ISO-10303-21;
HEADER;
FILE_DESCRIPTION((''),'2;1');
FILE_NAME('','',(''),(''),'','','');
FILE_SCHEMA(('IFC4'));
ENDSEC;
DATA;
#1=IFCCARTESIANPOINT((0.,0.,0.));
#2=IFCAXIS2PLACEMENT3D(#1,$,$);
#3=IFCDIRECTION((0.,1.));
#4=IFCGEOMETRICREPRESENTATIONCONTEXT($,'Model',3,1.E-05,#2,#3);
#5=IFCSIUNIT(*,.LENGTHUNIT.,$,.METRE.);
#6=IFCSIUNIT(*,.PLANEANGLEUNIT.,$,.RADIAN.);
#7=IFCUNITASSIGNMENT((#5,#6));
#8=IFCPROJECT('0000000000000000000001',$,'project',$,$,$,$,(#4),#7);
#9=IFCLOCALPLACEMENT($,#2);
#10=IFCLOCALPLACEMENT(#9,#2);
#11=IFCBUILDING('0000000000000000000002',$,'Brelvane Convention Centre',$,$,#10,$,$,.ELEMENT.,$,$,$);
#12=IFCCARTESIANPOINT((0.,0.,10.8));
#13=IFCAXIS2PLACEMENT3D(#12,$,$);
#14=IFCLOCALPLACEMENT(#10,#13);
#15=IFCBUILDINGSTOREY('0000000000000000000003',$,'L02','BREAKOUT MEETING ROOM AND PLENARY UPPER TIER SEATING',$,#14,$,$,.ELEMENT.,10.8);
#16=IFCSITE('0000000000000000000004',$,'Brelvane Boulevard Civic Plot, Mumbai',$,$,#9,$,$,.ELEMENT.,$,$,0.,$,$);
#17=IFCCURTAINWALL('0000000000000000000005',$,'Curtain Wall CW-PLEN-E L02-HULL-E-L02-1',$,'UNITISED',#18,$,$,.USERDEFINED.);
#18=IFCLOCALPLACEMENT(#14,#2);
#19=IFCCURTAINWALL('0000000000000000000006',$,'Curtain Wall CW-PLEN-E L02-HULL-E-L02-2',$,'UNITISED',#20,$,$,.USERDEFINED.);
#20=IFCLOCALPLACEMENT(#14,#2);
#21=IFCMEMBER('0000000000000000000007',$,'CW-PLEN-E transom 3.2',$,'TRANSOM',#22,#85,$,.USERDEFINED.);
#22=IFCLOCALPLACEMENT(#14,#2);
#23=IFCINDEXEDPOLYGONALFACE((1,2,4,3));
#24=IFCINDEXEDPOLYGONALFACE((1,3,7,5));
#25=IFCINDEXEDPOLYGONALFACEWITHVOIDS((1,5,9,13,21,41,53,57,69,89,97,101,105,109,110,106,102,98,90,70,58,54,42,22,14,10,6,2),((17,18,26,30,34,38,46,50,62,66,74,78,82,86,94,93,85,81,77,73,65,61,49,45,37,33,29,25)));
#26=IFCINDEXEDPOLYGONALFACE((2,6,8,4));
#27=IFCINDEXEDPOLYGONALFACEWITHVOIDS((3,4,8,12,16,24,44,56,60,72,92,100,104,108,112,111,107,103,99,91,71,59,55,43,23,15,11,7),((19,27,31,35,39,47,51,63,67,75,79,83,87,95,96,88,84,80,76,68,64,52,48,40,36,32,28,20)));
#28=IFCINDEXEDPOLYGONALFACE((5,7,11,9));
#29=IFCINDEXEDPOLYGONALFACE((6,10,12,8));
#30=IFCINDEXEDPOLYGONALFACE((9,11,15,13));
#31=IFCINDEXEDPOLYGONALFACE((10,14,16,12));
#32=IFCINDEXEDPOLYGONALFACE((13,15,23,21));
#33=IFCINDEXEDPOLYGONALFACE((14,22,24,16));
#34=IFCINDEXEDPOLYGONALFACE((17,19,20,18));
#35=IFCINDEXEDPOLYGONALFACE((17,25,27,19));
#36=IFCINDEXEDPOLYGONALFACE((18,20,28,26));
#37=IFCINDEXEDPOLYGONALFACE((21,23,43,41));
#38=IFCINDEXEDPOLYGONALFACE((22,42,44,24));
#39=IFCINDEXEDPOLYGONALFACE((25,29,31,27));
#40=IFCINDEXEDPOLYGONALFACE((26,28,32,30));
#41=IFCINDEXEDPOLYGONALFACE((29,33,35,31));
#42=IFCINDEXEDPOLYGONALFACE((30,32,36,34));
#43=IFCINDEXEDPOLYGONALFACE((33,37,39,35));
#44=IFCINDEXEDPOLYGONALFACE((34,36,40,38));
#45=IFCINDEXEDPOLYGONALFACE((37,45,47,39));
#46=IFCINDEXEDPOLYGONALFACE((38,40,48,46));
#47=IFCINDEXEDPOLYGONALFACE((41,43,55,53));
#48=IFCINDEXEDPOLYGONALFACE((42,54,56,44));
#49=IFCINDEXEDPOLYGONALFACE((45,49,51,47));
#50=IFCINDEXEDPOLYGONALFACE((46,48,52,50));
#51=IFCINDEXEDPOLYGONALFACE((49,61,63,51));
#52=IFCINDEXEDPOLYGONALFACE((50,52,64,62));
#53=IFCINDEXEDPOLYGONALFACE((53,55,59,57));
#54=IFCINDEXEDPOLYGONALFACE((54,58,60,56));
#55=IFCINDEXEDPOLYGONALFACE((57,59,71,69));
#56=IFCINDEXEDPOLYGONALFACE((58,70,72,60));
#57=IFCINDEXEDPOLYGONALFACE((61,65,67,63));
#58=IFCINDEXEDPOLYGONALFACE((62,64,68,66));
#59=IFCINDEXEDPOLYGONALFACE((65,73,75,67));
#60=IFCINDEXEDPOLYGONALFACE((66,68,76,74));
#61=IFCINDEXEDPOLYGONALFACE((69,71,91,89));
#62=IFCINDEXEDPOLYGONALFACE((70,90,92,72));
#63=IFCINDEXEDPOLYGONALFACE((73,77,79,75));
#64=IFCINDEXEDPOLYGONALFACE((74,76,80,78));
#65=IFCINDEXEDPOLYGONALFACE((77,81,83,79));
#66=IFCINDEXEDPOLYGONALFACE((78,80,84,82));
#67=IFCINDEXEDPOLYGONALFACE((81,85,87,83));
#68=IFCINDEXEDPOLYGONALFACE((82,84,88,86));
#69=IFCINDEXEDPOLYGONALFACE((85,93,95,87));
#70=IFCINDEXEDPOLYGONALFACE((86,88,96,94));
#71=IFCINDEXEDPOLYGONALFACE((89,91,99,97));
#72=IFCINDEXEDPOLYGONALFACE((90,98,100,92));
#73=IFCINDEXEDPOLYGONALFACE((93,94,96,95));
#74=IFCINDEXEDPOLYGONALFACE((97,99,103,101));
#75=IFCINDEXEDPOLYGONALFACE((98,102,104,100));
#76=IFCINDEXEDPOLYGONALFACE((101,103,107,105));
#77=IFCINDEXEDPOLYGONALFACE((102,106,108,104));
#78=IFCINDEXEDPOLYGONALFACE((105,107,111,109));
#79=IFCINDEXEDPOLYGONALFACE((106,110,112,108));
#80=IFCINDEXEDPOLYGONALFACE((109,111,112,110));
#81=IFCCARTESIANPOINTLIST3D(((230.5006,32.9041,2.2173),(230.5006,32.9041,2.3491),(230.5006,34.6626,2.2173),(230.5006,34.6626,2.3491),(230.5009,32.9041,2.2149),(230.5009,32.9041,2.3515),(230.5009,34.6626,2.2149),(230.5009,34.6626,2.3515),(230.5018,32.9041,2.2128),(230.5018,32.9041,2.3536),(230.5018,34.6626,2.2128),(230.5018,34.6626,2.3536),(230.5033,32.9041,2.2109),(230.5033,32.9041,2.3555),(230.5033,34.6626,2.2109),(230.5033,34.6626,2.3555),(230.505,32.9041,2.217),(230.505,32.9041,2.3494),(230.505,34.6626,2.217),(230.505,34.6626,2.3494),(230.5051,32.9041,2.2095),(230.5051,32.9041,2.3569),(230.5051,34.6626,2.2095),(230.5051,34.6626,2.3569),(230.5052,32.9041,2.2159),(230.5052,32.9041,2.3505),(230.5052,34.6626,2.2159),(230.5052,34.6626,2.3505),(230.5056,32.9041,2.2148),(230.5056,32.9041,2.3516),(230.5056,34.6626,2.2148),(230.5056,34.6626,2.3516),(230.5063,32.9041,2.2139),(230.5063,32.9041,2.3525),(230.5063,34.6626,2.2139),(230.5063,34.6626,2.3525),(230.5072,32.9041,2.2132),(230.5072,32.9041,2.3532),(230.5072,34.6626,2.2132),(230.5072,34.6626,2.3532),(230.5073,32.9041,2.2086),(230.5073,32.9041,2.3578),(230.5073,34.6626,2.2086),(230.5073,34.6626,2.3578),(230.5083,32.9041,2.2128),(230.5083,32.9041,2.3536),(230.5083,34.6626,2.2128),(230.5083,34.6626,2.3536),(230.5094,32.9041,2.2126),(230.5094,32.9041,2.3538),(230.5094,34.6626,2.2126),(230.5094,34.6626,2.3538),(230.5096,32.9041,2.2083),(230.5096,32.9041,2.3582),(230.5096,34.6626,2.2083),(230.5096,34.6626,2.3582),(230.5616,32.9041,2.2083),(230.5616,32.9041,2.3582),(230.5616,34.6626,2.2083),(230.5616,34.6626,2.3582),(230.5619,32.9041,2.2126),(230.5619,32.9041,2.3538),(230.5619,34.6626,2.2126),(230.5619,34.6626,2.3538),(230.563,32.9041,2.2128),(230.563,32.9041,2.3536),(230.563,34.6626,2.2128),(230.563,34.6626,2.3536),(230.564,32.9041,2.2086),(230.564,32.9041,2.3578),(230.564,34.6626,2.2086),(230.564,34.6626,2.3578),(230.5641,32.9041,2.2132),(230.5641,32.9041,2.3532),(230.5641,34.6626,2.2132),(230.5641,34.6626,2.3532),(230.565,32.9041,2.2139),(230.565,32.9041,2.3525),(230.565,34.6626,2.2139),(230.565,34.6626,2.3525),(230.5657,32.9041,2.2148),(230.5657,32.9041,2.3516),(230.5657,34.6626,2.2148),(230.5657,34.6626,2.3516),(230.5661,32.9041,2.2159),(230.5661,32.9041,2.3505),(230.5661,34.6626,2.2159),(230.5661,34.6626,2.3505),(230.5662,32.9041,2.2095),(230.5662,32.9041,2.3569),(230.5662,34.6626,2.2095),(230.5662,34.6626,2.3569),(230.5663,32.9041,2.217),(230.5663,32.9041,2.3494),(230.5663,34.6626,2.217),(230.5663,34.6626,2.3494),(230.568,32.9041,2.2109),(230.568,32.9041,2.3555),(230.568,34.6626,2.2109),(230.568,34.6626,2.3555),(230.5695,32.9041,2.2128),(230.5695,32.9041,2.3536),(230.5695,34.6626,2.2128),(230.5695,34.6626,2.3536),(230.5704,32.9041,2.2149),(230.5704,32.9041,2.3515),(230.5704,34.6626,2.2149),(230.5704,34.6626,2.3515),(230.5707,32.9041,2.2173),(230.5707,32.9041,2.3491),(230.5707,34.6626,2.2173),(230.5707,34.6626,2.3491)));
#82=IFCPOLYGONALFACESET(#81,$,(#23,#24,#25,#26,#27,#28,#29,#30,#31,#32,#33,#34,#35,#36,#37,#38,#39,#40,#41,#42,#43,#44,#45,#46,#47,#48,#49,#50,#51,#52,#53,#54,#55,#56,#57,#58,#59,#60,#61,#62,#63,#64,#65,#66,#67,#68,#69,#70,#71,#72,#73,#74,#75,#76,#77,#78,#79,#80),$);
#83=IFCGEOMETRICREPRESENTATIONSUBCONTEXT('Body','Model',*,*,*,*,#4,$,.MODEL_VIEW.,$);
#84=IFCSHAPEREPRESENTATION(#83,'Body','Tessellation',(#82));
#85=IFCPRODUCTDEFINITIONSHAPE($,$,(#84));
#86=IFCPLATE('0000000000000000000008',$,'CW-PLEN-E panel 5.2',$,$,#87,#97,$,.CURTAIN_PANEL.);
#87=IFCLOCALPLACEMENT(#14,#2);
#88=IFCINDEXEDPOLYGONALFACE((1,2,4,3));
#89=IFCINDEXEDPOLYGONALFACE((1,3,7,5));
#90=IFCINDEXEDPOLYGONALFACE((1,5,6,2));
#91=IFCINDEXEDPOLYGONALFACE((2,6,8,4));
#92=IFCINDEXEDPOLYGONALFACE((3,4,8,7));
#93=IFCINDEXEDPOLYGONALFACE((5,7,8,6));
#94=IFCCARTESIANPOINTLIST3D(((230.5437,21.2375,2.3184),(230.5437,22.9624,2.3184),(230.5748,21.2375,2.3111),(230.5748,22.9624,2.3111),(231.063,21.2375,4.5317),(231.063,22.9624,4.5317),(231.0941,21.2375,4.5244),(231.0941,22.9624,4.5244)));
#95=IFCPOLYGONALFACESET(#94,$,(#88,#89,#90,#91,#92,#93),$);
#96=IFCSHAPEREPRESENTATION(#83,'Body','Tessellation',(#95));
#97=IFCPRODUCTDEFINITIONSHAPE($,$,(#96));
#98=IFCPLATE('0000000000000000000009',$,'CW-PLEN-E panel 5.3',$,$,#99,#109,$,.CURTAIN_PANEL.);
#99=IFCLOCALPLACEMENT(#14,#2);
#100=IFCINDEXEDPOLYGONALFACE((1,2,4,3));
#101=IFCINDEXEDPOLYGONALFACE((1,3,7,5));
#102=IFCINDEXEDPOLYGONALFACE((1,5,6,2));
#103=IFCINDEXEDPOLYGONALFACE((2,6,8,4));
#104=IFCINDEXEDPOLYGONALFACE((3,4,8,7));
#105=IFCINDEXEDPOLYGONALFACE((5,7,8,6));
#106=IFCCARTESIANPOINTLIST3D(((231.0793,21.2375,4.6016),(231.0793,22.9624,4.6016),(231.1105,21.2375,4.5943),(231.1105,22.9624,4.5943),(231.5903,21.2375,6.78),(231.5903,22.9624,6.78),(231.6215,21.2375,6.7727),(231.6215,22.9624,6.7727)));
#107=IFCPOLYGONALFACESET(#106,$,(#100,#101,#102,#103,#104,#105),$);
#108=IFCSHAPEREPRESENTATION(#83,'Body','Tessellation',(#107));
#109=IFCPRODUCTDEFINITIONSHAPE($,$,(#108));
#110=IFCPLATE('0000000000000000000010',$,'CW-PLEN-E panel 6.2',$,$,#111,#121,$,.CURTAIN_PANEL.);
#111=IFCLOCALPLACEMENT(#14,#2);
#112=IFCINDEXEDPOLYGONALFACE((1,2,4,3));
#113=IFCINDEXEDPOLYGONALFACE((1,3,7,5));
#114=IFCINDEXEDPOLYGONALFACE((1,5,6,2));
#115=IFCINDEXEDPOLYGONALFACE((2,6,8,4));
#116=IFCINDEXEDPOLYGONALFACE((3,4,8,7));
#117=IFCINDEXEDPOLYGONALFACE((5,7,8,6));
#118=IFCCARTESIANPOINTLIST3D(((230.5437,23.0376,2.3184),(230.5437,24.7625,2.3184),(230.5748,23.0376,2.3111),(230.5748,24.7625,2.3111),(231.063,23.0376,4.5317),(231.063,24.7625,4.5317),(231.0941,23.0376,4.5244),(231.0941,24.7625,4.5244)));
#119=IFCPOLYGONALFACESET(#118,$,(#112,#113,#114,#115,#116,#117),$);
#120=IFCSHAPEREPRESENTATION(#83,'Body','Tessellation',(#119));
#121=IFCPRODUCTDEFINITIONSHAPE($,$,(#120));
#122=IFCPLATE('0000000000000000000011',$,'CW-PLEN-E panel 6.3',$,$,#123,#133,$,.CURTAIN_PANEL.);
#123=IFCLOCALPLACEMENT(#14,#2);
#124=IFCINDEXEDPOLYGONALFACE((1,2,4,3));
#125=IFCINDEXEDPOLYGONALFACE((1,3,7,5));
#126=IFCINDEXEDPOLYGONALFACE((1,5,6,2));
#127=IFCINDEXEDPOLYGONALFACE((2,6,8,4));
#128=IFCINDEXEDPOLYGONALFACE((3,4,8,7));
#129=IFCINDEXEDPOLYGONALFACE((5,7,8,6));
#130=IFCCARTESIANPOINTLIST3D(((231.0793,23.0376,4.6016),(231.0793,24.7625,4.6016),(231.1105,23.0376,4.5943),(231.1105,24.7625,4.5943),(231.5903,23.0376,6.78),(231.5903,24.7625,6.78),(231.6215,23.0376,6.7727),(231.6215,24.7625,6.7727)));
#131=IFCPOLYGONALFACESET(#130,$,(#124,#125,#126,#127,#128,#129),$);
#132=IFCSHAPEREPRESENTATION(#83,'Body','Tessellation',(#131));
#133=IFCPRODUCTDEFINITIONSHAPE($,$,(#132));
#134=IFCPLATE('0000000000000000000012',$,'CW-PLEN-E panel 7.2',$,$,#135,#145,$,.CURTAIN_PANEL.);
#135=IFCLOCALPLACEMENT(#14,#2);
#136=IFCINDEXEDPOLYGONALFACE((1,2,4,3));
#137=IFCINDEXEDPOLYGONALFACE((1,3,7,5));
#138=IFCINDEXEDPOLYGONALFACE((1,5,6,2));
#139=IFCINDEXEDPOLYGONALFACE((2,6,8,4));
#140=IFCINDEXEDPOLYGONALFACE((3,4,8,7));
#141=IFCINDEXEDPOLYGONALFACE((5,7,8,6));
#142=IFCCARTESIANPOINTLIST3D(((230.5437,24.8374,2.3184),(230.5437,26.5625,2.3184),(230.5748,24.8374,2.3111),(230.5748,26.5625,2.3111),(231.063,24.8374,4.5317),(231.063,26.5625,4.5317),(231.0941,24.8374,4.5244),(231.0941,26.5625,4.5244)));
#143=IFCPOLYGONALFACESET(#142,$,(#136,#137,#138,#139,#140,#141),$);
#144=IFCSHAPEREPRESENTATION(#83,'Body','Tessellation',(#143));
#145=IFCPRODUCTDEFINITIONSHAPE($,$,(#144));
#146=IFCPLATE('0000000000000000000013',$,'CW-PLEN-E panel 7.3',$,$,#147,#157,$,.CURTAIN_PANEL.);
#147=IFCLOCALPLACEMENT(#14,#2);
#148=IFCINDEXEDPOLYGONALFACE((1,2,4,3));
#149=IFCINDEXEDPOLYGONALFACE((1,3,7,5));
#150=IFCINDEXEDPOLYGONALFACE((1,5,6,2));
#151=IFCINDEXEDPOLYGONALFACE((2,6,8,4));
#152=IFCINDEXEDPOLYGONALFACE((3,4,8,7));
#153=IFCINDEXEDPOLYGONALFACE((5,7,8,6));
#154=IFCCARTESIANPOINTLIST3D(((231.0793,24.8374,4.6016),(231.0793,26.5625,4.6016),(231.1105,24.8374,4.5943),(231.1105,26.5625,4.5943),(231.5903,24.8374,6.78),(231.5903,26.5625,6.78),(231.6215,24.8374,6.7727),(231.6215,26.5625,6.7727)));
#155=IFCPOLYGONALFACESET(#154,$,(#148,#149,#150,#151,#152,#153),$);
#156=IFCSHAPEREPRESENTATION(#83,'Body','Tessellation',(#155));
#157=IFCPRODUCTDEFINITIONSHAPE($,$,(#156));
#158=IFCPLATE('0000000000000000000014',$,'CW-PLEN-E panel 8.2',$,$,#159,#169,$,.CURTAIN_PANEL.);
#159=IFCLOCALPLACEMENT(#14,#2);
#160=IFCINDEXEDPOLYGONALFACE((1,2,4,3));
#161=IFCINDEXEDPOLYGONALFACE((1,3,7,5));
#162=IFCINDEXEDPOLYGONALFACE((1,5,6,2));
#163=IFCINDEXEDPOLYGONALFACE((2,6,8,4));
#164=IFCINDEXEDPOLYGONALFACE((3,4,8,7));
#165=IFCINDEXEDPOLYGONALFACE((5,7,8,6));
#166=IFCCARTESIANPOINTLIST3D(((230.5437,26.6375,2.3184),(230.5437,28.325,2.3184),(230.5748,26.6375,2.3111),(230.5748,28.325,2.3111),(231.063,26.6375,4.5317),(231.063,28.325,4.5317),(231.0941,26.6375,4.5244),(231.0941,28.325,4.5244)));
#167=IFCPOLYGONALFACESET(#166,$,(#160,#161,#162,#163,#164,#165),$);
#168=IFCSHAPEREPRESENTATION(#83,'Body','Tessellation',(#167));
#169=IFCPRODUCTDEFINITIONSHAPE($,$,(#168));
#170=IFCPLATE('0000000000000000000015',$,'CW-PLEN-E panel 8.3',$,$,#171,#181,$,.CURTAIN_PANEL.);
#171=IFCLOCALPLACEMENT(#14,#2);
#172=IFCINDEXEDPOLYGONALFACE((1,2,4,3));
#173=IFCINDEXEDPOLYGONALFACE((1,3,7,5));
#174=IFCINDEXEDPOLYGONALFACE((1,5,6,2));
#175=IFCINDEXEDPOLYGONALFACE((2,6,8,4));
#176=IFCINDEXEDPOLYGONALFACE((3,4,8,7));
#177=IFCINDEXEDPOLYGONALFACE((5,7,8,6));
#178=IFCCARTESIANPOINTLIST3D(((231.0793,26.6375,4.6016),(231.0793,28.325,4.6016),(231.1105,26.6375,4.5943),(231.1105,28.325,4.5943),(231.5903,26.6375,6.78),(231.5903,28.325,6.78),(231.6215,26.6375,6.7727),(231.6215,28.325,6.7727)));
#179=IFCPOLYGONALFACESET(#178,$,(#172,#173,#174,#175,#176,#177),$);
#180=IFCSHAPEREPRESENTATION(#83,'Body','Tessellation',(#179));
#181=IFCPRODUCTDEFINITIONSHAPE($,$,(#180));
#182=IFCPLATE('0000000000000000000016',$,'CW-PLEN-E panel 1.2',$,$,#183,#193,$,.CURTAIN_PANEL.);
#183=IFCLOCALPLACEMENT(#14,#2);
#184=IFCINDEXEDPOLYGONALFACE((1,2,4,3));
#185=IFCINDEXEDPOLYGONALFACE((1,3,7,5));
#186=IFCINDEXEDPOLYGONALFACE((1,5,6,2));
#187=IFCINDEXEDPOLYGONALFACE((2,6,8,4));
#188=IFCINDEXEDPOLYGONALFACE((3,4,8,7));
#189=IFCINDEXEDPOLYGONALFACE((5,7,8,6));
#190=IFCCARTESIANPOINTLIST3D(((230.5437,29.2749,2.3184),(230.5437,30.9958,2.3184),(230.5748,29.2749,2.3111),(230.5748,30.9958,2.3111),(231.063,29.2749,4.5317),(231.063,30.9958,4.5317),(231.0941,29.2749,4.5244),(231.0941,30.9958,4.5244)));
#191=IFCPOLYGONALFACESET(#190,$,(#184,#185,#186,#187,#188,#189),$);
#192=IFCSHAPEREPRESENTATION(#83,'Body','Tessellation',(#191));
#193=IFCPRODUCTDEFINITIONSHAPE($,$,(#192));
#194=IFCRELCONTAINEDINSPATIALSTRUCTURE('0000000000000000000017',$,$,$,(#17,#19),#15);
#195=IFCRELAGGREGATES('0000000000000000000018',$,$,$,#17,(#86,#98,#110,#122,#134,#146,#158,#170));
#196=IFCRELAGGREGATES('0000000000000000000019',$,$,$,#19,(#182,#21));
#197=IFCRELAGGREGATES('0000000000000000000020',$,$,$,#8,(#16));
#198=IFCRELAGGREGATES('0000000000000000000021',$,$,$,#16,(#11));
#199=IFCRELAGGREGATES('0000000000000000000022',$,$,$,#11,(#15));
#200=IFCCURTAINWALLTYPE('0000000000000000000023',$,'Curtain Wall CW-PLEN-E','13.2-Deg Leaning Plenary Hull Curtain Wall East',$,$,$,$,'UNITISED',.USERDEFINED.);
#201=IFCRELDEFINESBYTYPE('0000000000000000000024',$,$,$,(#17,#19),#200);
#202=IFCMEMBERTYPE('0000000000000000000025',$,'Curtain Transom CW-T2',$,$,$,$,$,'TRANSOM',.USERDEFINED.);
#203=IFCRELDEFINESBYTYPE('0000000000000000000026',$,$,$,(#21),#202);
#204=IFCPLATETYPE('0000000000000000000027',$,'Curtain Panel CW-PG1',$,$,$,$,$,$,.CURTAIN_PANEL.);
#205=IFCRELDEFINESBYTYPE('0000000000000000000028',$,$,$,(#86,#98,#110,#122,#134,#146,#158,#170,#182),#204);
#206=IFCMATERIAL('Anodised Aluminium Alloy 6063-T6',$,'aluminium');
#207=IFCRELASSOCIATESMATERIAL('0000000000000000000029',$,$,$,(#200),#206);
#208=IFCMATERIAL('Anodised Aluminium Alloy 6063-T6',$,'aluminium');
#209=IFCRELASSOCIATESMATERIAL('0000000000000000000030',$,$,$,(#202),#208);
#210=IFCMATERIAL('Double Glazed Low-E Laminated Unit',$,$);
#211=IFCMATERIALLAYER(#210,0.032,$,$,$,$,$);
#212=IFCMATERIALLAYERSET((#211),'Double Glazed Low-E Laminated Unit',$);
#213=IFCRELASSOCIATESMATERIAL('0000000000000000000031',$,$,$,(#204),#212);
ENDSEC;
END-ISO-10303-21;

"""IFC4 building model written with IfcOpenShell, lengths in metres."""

from ifc_helpers import new_model, si_unit, direction, frame, origin, origin_2d, place, context, subcontext, project, spatial, polyline, hollow_rectangle, outline, extrude, material, layer, layer_set, material_profile, profile_set, type_object, element, aggregate, save


model = new_model("IFC4")

# Units and contexts
model_context = context("Model", 3, precision=1e-05, world=origin(), true_north=direction((0.0, 1.0)))
body_context = subcontext(model_context, "Body", "Model", "MODEL_VIEW")
ifc_project = project(units=[si_unit("LENGTHUNIT", "METRE"), si_unit("PLANEANGLEUNIT", "RADIAN")], contexts=[model_context])

# Site, building, storey
site_placement = place(None, origin())
site = spatial("IfcSite", under=ifc_project, at=site_placement, Name="Brelvane Boulevard Civic Plot, Mumbai", CompositionType="ELEMENT", RefElevation=0.0)
building_placement = place(site_placement, origin())
building = spatial("IfcBuilding", under=site, at=building_placement, Name="Brelvane Convention Centre", CompositionType="ELEMENT")
storey_placement = place(building_placement, frame((0.0, 0.0, 10.8)))
storey = spatial("IfcBuildingStorey", under=building, at=storey_placement, Name="L02", Description="BREAKOUT MEETING ROOM AND PLENARY UPPER TIER SEATING", CompositionType="ELEMENT", Elevation=10.8)

# Curtain walls, member
ifc_material_1 = material(Name="Anodised Aluminium Alloy 6063-T6", Category="aluminium")
curtain_wall_type = type_object("IfcCurtainWallType", Name="Curtain Wall CW-PLEN-E", Description="13.2-Deg Leaning Plenary Hull Curtain Wall East", ElementType="UNITISED", PredefinedType="USERDEFINED", material=ifc_material_1)
curtain_wall_1_placement = place(storey_placement, origin())
curtain_wall_1 = element("IfcCurtainWall", 1, at=curtain_wall_1_placement, inside=storey, type_object=curtain_wall_type, Name="Curtain Wall CW-PLEN-E L02-HULL-E-L02-1", ObjectType="UNITISED", PredefinedType="USERDEFINED")
ifc_material_2 = material(Name="Anodised Aluminium Alloy 6063-T6", Category="aluminium")
ifc_material_profile = material_profile(ifc_material_2, hollow_rectangle(XDim=0.0701, YDim=0.1499, WallThickness=0.0044, InnerFilletRadius=0.0044, OuterFilletRadius=0.009, at=origin_2d()), Name="ALU-T 150x70x4.5")
ifc_profile_set = profile_set([ifc_material_profile], Name="Anodised Aluminium Alloy 6063-T6")
member_type = type_object("IfcMemberType", Name="Curtain Transom CW-T2", ElementType="TRANSOM", PredefinedType="USERDEFINED", material=ifc_profile_set)
curtain_wall_2_placement = place(storey_placement, origin())
curtain_wall_2 = element("IfcCurtainWall", 2, at=curtain_wall_2_placement, inside=storey, type_object=curtain_wall_type, Name="Curtain Wall CW-PLEN-E L02-HULL-E-L02-2", ObjectType="UNITISED", PredefinedType="USERDEFINED")
member_1_placement = place(storey_placement, frame((230.5356, 32.9041, 2.2832), z_axis=(0.0, 1.0, 0.0), x_axis=(-1.0, 0.0, 0.0)))
member_1 = element("IfcMember", 3, at=member_1_placement, type_object=member_type, Name="CW-PLEN-E transom 3.2", ObjectType="TRANSOM", PredefinedType="USERDEFINED", context=body_context, shape_type="SweptSolid", body=[
    extrude(hollow_rectangle(XDim=0.0701, YDim=0.1499, WallThickness=0.0044, InnerFilletRadius=0.0044, OuterFilletRadius=0.009, at=origin_2d()), origin(), (0.0, 0.0, 1.0), 1.7585),
])

# Plates
ifc_material_3 = material(Name="Double Glazed Low-E Laminated Unit")
ifc_layer_1 = layer(ifc_material_3, 0.032)
ifc_layer_set_1 = layer_set([ifc_layer_1], Name="Double Glazed Low-E Laminated Unit")
plate_type_1 = type_object("IfcPlateType", Name="Curtain Panel CW-PG1", PredefinedType="CURTAIN_PANEL", material=ifc_layer_set_1)
plate_1_placement = place(storey_placement, frame((230.5437, 21.2375, 2.3184), z_axis=(-0.973565, 0.0, 0.228411), x_axis=(0.0, 1.0, 0.0)))
plate_1 = element("IfcPlate", 4, at=plate_1_placement, type_object=plate_type_1, Name="CW-PLEN-E panel 5.2", PredefinedType="CURTAIN_PANEL", context=body_context, shape_type="SweptSolid", body=[
    extrude(outline(polyline([(0.0, 0.0), (1.7249, 0.0), (1.7249, -2.2735), (0.0, -2.2735), (0.0, 0.0)])), origin(), (0.0, 0.0, -1.0), 0.032),
])
plate_2_placement = place(storey_placement, frame((231.0793, 21.2375, 4.6016), z_axis=(-0.973576, 0.0, 0.228364), x_axis=(0.0, 1.0, 0.0)))
plate_2 = element("IfcPlate", 5, at=plate_2_placement, type_object=plate_type_1, Name="CW-PLEN-E panel 5.3", PredefinedType="CURTAIN_PANEL", context=body_context, shape_type="SweptSolid", body=[
    extrude(outline(polyline([(0.0, 0.0), (1.7249, 0.0), (1.7249, -2.2376), (0.0, -2.2376), (0.0, 0.0)])), origin(), (0.0, 0.0, -1.0), 0.032),
])
plate_3_placement = place(storey_placement, frame((230.5437, 23.0376, 2.3184), z_axis=(-0.973565, 0.0, 0.228411), x_axis=(0.0, 1.0, 0.0)))
plate_3 = element("IfcPlate", 6, at=plate_3_placement, type_object=plate_type_1, Name="CW-PLEN-E panel 6.2", PredefinedType="CURTAIN_PANEL", context=body_context, shape_type="SweptSolid", body=[
    extrude(outline(polyline([(0.0, 0.0), (1.7249, 0.0), (1.7249, -2.2735), (0.0, -2.2735), (0.0, 0.0)])), origin(), (0.0, 0.0, -1.0), 0.032),
])
plate_4_placement = place(storey_placement, frame((231.0793, 23.0376, 4.6016), z_axis=(-0.973576, 0.0, 0.228364), x_axis=(0.0, 1.0, 0.0)))
plate_4 = element("IfcPlate", 7, at=plate_4_placement, type_object=plate_type_1, Name="CW-PLEN-E panel 6.3", PredefinedType="CURTAIN_PANEL", context=body_context, shape_type="SweptSolid", body=[
    extrude(outline(polyline([(0.0, 0.0), (1.7249, 0.0), (1.7249, -2.2376), (0.0, -2.2376), (0.0, 0.0)])), origin(), (0.0, 0.0, -1.0), 0.032),
])
plate_5_placement = place(storey_placement, frame((230.5437, 24.8374, 2.3184), z_axis=(-0.973565, 0.0, 0.228411), x_axis=(0.0, 1.0, 0.0)))
plate_5 = element("IfcPlate", 8, at=plate_5_placement, type_object=plate_type_1, Name="CW-PLEN-E panel 7.2", PredefinedType="CURTAIN_PANEL", context=body_context, shape_type="SweptSolid", body=[
    extrude(outline(polyline([(0.0, 0.0), (1.7251, 0.0), (1.7251, -2.2735), (0.0, -2.2735), (0.0, 0.0)])), origin(), (0.0, 0.0, -1.0), 0.032),
])
plate_6_placement = place(storey_placement, frame((231.0793, 24.8374, 4.6016), z_axis=(-0.973576, 0.0, 0.228364), x_axis=(0.0, 1.0, 0.0)))
plate_6 = element("IfcPlate", 9, at=plate_6_placement, type_object=plate_type_1, Name="CW-PLEN-E panel 7.3", PredefinedType="CURTAIN_PANEL", context=body_context, shape_type="SweptSolid", body=[
    extrude(outline(polyline([(0.0, 0.0), (1.7251, 0.0), (1.7251, -2.2376), (0.0, -2.2376), (0.0, 0.0)])), origin(), (0.0, 0.0, -1.0), 0.032),
])
plate_7_placement = place(storey_placement, frame((230.5437, 26.6375, 2.3184), z_axis=(-0.973565, 0.0, 0.228411), x_axis=(0.0, 1.0, 0.0)))
plate_7 = element("IfcPlate", 10, at=plate_7_placement, type_object=plate_type_1, Name="CW-PLEN-E panel 8.2", PredefinedType="CURTAIN_PANEL", context=body_context, shape_type="SweptSolid", body=[
    extrude(outline(polyline([(0.0, 0.0), (1.6875, 0.0), (1.6875, -2.2735), (0.0, -2.2735), (0.0, 0.0)])), origin(), (0.0, 0.0, -1.0), 0.032),
])
plate_8_placement = place(storey_placement, frame((231.0793, 26.6375, 4.6016), z_axis=(-0.973576, 0.0, 0.228364), x_axis=(0.0, 1.0, 0.0)))
plate_8 = element("IfcPlate", 11, at=plate_8_placement, type_object=plate_type_1, Name="CW-PLEN-E panel 8.3", PredefinedType="CURTAIN_PANEL", context=body_context, shape_type="SweptSolid", body=[
    extrude(outline(polyline([(0.0, 0.0), (1.6875, 0.0), (1.6875, -2.2376), (0.0, -2.2376), (0.0, 0.0)])), origin(), (0.0, 0.0, -1.0), 0.032),
])
aggregate(curtain_wall_1, [plate_1, plate_2, plate_3, plate_4, plate_5, plate_6, plate_7, plate_8])
plate_9_placement = place(storey_placement, frame((230.5437, 29.2749, 2.3184), z_axis=(-0.973565, 0.0, 0.228411), x_axis=(0.0, 1.0, 0.0)))
plate_9 = element("IfcPlate", 12, at=plate_9_placement, type_object=plate_type_1, Name="CW-PLEN-E panel 1.2", PredefinedType="CURTAIN_PANEL", context=body_context, shape_type="SweptSolid", body=[
    extrude(outline(polyline([(0.0, 0.0), (1.7209, 0.0), (1.7209, -2.2735), (0.0, -2.2735), (0.0, 0.0)])), origin(), (0.0, 0.0, -1.0), 0.032),
])
aggregate(curtain_wall_2, [plate_9, member_1])

save(model, "model.ifc")
